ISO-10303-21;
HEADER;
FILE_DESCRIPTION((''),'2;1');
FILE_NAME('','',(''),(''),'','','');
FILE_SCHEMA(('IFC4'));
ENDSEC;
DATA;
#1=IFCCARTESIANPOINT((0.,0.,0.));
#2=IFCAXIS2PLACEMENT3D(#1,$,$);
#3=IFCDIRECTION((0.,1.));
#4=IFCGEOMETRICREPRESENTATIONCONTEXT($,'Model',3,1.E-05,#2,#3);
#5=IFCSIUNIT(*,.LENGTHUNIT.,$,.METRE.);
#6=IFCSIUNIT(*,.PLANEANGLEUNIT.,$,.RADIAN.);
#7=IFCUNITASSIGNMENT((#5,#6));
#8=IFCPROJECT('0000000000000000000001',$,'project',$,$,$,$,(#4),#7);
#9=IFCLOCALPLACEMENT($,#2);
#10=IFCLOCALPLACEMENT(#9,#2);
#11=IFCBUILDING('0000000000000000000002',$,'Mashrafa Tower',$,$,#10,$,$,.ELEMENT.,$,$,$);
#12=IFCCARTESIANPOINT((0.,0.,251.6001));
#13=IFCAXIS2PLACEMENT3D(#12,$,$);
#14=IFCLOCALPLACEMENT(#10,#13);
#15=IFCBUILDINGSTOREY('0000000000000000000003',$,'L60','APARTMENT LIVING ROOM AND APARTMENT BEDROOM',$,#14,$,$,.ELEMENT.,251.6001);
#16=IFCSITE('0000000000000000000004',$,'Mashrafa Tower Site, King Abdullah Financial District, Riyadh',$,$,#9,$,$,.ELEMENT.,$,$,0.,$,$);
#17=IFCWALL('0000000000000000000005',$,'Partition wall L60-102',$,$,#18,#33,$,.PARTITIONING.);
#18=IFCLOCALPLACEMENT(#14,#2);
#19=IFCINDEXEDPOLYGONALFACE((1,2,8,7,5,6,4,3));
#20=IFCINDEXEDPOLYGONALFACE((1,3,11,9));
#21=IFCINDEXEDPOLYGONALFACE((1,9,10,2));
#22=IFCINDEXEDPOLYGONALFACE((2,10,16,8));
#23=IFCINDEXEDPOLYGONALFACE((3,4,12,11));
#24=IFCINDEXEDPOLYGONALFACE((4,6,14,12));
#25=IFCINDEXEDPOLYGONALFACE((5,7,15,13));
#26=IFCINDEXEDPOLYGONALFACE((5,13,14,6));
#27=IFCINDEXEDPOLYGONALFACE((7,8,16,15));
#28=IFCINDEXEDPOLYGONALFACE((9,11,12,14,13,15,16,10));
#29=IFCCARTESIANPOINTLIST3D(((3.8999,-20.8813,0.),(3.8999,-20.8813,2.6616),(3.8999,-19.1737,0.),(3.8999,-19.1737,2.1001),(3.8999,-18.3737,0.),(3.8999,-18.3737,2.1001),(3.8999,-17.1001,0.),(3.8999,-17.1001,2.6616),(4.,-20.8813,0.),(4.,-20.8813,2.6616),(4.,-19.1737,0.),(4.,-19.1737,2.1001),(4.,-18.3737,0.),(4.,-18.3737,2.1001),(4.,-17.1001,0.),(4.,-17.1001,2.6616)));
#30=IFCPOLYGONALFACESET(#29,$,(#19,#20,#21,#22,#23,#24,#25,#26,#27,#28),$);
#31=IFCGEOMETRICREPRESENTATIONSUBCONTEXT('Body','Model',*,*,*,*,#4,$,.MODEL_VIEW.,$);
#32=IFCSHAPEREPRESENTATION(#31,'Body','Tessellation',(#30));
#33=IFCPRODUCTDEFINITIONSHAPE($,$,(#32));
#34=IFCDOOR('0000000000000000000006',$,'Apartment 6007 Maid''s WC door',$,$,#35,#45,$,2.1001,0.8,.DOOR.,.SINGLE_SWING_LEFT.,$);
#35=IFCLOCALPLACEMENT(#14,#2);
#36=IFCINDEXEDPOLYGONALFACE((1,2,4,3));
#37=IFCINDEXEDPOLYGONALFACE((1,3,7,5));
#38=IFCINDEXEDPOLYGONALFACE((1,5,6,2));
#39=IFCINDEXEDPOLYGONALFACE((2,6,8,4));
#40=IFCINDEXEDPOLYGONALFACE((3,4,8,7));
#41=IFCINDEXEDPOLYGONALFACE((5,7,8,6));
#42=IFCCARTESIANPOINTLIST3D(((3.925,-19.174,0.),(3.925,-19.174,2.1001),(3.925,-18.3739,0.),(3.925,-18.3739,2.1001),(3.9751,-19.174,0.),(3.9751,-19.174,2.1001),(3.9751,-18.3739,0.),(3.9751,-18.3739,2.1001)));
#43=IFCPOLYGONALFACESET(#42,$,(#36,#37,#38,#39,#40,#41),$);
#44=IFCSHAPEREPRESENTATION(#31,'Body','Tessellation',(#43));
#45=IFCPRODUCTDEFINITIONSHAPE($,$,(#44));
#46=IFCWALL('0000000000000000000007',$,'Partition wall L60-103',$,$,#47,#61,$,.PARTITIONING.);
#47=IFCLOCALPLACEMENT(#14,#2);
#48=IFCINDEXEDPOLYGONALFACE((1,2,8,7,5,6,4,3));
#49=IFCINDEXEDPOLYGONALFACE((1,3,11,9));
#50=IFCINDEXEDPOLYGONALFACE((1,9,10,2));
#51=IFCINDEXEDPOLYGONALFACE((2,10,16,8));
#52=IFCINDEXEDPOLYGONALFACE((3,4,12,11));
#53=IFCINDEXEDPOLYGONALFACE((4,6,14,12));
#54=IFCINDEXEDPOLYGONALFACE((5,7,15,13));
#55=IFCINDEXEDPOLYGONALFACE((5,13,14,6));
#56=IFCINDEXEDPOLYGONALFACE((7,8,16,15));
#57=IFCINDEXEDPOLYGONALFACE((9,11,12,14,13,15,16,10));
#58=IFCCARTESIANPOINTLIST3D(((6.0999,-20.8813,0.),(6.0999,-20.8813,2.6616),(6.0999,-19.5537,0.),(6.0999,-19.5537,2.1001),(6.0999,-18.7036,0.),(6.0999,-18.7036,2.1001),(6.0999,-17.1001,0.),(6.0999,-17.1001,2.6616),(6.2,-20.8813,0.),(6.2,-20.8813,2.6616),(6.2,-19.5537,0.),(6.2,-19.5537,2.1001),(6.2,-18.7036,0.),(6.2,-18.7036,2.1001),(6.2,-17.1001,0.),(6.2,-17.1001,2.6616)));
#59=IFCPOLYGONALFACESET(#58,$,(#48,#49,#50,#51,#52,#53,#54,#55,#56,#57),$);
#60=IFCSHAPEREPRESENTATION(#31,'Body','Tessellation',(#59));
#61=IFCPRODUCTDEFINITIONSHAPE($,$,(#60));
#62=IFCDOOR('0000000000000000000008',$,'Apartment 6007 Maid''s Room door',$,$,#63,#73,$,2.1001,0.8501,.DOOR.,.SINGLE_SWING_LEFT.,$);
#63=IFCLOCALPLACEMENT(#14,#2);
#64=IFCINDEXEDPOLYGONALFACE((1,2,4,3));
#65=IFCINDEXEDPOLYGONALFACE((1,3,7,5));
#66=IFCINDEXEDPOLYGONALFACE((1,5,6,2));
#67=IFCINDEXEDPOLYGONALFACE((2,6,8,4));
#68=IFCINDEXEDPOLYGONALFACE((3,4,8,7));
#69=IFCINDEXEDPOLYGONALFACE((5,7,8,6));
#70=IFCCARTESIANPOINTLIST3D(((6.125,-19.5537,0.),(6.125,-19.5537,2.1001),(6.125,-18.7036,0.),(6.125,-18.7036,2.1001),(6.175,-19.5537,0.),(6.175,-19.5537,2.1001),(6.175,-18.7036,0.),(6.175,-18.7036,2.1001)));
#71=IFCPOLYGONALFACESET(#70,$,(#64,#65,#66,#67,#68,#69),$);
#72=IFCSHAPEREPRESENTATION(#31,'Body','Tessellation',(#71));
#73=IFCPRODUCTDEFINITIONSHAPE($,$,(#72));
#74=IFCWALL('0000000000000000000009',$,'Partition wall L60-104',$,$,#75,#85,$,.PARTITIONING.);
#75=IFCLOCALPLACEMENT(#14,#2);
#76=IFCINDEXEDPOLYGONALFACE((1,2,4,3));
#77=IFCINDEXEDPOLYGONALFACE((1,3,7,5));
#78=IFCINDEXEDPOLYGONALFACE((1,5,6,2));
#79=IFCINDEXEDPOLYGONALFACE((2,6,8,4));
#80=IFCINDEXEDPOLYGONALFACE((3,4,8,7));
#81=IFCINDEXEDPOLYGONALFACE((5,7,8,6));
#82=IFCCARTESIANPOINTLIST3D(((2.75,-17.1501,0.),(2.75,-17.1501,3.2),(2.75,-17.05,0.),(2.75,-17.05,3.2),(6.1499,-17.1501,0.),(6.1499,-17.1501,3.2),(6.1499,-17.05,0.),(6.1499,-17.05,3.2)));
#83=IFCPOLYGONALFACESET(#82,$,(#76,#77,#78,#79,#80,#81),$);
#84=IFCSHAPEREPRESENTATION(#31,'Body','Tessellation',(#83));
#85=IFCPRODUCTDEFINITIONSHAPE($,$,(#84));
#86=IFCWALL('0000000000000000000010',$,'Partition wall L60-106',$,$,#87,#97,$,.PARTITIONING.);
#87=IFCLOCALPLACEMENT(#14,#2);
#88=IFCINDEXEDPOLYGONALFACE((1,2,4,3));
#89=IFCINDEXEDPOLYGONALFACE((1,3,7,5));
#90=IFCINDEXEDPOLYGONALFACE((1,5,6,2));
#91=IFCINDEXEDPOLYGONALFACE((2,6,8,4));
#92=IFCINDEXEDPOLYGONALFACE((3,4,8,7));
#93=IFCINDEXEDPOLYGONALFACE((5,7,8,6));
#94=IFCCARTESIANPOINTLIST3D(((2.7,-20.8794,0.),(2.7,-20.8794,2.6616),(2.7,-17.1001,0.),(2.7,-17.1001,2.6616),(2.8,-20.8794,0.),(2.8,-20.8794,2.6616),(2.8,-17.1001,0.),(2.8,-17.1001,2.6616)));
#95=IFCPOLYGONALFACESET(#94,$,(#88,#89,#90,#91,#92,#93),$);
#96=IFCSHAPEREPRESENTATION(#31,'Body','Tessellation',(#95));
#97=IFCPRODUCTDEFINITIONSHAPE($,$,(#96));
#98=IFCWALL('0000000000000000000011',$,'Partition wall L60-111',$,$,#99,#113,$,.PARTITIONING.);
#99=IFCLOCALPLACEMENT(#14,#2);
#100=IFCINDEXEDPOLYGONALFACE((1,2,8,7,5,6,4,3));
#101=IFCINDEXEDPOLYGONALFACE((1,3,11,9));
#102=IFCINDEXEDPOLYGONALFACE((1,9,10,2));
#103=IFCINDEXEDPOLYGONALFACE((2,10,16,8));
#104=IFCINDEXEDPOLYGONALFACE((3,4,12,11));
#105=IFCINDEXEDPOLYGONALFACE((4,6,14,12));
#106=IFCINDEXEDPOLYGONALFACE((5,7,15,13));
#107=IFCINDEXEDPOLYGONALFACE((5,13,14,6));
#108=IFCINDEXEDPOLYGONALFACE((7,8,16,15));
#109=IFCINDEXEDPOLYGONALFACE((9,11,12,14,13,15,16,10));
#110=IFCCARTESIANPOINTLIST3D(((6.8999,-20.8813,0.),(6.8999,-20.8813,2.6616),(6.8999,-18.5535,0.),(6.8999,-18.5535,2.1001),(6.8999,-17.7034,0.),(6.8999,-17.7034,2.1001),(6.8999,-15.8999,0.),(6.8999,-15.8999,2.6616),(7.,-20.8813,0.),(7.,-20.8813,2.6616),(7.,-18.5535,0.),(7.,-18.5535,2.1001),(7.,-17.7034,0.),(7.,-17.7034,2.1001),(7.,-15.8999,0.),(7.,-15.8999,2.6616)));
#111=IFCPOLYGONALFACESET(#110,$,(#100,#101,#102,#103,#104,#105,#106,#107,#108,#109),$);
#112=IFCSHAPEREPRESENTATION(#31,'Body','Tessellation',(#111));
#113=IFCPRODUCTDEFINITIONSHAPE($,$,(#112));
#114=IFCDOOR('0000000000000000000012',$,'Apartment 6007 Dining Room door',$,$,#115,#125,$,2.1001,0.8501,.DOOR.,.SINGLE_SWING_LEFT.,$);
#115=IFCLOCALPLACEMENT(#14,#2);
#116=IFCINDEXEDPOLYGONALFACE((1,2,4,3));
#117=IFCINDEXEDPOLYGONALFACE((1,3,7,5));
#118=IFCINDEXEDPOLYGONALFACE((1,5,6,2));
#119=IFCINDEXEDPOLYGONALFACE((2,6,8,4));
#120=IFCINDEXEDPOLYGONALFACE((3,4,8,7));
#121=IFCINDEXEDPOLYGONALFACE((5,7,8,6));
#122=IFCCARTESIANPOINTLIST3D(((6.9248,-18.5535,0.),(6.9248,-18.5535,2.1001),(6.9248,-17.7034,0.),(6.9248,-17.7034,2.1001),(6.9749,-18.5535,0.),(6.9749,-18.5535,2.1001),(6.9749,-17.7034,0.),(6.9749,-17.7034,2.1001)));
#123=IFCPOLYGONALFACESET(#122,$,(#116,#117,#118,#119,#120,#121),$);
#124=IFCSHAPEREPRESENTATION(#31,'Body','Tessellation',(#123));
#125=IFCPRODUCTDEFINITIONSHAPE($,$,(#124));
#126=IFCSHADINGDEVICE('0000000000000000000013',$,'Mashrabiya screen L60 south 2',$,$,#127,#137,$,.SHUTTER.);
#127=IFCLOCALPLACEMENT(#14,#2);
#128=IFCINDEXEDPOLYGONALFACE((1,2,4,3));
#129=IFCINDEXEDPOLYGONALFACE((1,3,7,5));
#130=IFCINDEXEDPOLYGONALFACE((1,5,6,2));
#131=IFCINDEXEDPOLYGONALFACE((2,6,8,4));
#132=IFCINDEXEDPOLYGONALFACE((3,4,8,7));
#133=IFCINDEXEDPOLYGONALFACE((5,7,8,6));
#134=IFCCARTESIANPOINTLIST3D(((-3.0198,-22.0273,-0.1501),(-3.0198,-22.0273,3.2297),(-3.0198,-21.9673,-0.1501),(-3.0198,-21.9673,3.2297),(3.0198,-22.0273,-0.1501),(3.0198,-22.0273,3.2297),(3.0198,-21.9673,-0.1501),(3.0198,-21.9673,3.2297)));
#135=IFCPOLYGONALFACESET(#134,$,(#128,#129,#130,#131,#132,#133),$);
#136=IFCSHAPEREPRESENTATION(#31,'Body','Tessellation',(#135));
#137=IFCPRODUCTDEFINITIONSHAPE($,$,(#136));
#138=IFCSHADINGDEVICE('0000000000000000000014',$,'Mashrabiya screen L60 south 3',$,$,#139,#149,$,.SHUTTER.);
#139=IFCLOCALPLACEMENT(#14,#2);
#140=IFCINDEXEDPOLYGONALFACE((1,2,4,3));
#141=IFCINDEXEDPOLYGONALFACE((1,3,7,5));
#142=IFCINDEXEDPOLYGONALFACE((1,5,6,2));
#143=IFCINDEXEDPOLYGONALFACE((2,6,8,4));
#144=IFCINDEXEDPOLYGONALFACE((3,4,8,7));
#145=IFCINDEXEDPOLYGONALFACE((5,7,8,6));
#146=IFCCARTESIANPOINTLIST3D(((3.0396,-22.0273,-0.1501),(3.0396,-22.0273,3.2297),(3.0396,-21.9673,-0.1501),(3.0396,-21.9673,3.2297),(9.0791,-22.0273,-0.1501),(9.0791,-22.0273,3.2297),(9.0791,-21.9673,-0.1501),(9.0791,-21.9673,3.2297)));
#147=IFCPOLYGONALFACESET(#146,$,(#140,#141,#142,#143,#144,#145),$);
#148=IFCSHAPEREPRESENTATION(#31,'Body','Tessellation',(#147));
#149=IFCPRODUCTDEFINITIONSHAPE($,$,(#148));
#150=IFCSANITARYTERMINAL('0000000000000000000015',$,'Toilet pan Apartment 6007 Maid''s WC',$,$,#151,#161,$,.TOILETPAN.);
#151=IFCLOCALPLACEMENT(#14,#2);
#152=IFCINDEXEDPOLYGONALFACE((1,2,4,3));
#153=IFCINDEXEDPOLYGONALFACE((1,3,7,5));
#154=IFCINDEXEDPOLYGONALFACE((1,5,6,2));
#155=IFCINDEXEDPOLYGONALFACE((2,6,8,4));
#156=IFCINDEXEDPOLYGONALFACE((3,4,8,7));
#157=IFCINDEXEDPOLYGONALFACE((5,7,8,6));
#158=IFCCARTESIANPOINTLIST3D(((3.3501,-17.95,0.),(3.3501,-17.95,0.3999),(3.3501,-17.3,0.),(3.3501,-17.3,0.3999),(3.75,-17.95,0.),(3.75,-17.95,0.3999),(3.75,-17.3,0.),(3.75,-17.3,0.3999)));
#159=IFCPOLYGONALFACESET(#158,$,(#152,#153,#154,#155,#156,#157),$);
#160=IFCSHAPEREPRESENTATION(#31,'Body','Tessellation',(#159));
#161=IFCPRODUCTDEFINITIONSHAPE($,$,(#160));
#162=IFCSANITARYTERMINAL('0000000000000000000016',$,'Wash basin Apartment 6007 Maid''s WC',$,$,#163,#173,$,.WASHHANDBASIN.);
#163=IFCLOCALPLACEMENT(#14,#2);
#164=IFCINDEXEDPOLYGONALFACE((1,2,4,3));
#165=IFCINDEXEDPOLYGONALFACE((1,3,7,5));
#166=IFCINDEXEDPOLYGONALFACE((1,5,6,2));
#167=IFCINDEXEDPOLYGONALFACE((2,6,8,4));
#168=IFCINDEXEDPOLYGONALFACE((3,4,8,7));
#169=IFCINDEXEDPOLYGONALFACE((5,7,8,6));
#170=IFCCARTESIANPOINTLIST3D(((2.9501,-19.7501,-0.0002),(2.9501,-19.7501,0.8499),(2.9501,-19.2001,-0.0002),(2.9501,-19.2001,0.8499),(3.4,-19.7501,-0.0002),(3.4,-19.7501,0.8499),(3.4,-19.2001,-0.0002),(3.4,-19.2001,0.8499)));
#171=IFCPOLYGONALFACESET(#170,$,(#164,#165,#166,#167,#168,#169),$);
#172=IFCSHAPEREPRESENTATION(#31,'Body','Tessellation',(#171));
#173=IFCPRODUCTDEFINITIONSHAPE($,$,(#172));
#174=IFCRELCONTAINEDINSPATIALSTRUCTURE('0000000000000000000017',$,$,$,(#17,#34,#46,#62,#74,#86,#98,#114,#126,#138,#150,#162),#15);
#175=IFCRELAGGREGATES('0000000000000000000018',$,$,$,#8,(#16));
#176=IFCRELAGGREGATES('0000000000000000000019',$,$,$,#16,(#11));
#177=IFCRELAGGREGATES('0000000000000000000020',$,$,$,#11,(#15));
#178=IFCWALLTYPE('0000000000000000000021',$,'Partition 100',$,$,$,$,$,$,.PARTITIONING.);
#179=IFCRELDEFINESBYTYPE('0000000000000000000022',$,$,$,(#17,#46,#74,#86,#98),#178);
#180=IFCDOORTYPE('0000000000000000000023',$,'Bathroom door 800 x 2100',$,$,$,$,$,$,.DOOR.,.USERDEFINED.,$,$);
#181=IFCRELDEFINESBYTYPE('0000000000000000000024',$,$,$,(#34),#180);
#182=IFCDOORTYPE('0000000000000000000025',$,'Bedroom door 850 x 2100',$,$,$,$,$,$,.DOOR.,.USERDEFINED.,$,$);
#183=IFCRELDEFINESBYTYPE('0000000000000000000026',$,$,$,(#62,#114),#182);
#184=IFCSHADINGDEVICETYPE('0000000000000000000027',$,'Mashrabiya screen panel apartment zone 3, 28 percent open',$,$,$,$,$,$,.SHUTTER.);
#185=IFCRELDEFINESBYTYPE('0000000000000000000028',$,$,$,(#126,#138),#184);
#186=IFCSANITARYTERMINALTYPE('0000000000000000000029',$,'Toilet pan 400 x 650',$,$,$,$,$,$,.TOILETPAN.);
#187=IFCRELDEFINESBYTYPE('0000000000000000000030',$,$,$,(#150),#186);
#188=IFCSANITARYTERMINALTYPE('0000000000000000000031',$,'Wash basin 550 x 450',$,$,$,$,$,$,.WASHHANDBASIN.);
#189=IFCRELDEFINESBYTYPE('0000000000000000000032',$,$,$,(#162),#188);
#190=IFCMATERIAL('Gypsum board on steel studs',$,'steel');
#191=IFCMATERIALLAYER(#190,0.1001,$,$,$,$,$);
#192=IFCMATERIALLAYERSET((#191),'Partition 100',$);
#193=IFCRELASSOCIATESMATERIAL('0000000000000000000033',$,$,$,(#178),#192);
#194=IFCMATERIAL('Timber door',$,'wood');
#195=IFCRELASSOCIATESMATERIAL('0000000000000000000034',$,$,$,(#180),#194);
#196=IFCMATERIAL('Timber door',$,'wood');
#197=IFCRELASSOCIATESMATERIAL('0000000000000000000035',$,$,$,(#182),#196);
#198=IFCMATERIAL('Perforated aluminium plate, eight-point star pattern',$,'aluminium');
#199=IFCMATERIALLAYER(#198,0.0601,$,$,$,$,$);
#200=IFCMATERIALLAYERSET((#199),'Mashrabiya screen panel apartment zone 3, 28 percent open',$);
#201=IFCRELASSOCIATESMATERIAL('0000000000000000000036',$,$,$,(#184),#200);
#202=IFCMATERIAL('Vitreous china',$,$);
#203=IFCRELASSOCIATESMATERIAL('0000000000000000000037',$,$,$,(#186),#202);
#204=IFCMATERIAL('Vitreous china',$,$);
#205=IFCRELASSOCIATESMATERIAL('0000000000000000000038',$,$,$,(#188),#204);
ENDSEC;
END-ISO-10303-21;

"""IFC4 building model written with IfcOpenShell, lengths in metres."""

from ifc_helpers import new_model, si_unit, direction, frame, frame_2d, origin, origin_2d, place, context, subcontext, project, spatial, rectangle, extrude, source, transform, mapped, material, layer, layer_set, type_object, type_shapes, element, fill, save


model = new_model("IFC4")

# Units and contexts
model_context = context("Model", 3, precision=1e-05, world=origin(), true_north=direction((0.0, 1.0)))
body_context = subcontext(model_context, "Body", "Model", "MODEL_VIEW")
ifc_project = project(units=[si_unit("LENGTHUNIT", "METRE"), si_unit("PLANEANGLEUNIT", "RADIAN")], contexts=[model_context])

# Site, building, storey
site_placement = place(None, origin())
site = spatial("IfcSite", under=ifc_project, at=site_placement, Name="Mashrafa Tower Site, King Abdullah Financial District, Riyadh", CompositionType="ELEMENT", RefElevation=0.0)
building_placement = place(site_placement, origin())
building = spatial("IfcBuilding", under=site, at=building_placement, Name="Mashrafa Tower", CompositionType="ELEMENT")
storey_placement = place(building_placement, frame((0.0, 0.0, 251.6001)))
storey = spatial("IfcBuildingStorey", under=building, at=storey_placement, Name="L60", Description="APARTMENT LIVING ROOM AND APARTMENT BEDROOM", CompositionType="ELEMENT", Elevation=251.6001)

# Shared definitions
ifc_material_1 = material(Name="Gypsum board on steel studs", Category="steel")
ifc_layer_1 = layer(ifc_material_1, 0.1001)
ifc_layer_set_1 = layer_set([ifc_layer_1], Name="Partition 100")
wall_type = type_object("IfcWallType", Name="Partition 100", PredefinedType="PARTITIONING", material=ifc_layer_set_1)

# Walls, openings, doors
wall_1_placement = place(storey_placement, frame((3.95, -17.1001, 0.0), z_axis=(0.0, 0.0, 1.0), x_axis=(0.0, -1.0, 0.0)))
wall_1 = element("IfcWall", 1, at=wall_1_placement, inside=storey, type_object=wall_type, Name="Partition wall L60-102", PredefinedType="PARTITIONING", context=body_context, shape_type="SweptSolid", body=[
    extrude(rectangle(XDim=3.7812, YDim=0.1001, at=frame_2d((1.8906, 0.0))), origin(), (0.0, 0.0, 1.0), 2.6616),
])
opening_1_placement = place(wall_1_placement, frame((1.2737, 0.0, 0.0)))
opening_1 = element("IfcOpeningElement", 2, at=opening_1_placement, cuts=wall_1, PredefinedType="OPENING", context=body_context, shape_type="SweptSolid", body=[
    extrude(rectangle(XDim=0.8, YDim=2.1001, at=frame_2d((0.3999, 1.05))), frame((0.0, 0.0601, 0.0), z_axis=(0.0, -1.0, 0.0), x_axis=(1.0, 0.0, 0.0)), (0.0, 0.0, 1.0), 0.1201),
])
ifc_material_2 = material(Name="Timber door", Category="wood")
door_type_1 = type_object("IfcDoorType", Name="Bathroom door 800 x 2100", OperationType="USERDEFINED", PredefinedType="DOOR", material=ifc_material_2)
door_1_placement = place(opening_1_placement, frame((0.8, 0.0, 0.0), z_axis=(0.0, 0.0, 1.0), x_axis=(-1.0, 0.0, 0.0)))
door_1 = element("IfcDoor", 3, at=door_1_placement, inside=storey, type_object=door_type_1, Name="Apartment 6007 Maid's WC door", OperationType="SINGLE_SWING_LEFT", OverallHeight=2.1001, OverallWidth=0.8, PredefinedType="DOOR", context=body_context, shape_type="SweptSolid", body=[
    extrude(rectangle(XDim=0.8, YDim=2.1001, at=frame_2d((0.3999, 1.05))), frame((0.0, 0.0249, 0.0), z_axis=(0.0, -1.0, 0.0), x_axis=(1.0, 0.0, 0.0)), (0.0, 0.0, 1.0), 0.05),
])
fill(opening_1, door_1)
wall_2_placement = place(storey_placement, frame((6.1499, -20.8813, 0.0), z_axis=(0.0, 0.0, 1.0), x_axis=(0.0, 1.0, 0.0)))
wall_2 = element("IfcWall", 4, at=wall_2_placement, inside=storey, type_object=wall_type, Name="Partition wall L60-103", PredefinedType="PARTITIONING", context=body_context, shape_type="SweptSolid", body=[
    extrude(rectangle(XDim=3.7812, YDim=0.1001, at=frame_2d((1.8906, 0.0))), origin(), (0.0, 0.0, 1.0), 2.6616),
])
opening_2_placement = place(wall_2_placement, frame((1.3276, 0.0, 0.0)))
opening_2 = element("IfcOpeningElement", 5, at=opening_2_placement, cuts=wall_2, PredefinedType="OPENING", context=body_context, shape_type="SweptSolid", body=[
    extrude(rectangle(XDim=0.8501, YDim=2.1001, at=frame_2d((0.425, 1.05))), frame((0.0, 0.0601, 0.0), z_axis=(0.0, -1.0, 0.0), x_axis=(1.0, 0.0, 0.0)), (0.0, 0.0, 1.0), 0.1201),
])
ifc_material_3 = material(Name="Timber door", Category="wood")
door_type_2 = type_object("IfcDoorType", Name="Bedroom door 850 x 2100", OperationType="USERDEFINED", PredefinedType="DOOR", material=ifc_material_3)
door_2_placement = place(opening_2_placement, origin())
door_2 = element("IfcDoor", 6, at=door_2_placement, inside=storey, type_object=door_type_2, Name="Apartment 6007 Maid's Room door", OperationType="SINGLE_SWING_LEFT", OverallHeight=2.1001, OverallWidth=0.8501, PredefinedType="DOOR", context=body_context, shape_type="SweptSolid", body=[
    extrude(rectangle(XDim=0.8501, YDim=2.1001, at=frame_2d((0.425, 1.05))), frame((0.0, 0.0249, 0.0), z_axis=(0.0, -1.0, 0.0), x_axis=(1.0, 0.0, 0.0)), (0.0, 0.0, 1.0), 0.05),
])
fill(opening_2, door_2)

# Walls
wall_3_placement = place(storey_placement, frame((6.1499, -17.1001, 0.0), z_axis=(0.0, 0.0, 1.0), x_axis=(-1.0, 0.0, 0.0)))
element("IfcWall", 7, at=wall_3_placement, inside=storey, type_object=wall_type, Name="Partition wall L60-104", PredefinedType="PARTITIONING", context=body_context, shape_type="SweptSolid", body=[
    extrude(rectangle(XDim=3.3999, YDim=0.1001, at=frame_2d((1.7, 0.0))), origin(), (0.0, 0.0, 1.0), 3.2),
])
wall_4_placement = place(storey_placement, frame((2.75, -17.1001, 0.0), z_axis=(0.0, 0.0, 1.0), x_axis=(0.0, -1.0, 0.0)))
element("IfcWall", 8, at=wall_4_placement, inside=storey, type_object=wall_type, Name="Partition wall L60-106", PredefinedType="PARTITIONING", context=body_context, shape_type="SweptSolid", body=[
    extrude(rectangle(XDim=3.7793, YDim=0.1001, at=frame_2d((1.8896, 0.0))), origin(), (0.0, 0.0, 1.0), 2.6616),
])

# Wall, opening, door
wall_5_placement = place(storey_placement, frame((6.95, -20.8813, 0.0), z_axis=(0.0, 0.0, 1.0), x_axis=(0.0, 1.0, 0.0)))
wall_5 = element("IfcWall", 9, at=wall_5_placement, inside=storey, type_object=wall_type, Name="Partition wall L60-111", PredefinedType="PARTITIONING", context=body_context, shape_type="SweptSolid", body=[
    extrude(rectangle(XDim=4.9814, YDim=0.1001, at=frame_2d((2.4907, 0.0))), origin(), (0.0, 0.0, 1.0), 2.6616),
])
opening_3_placement = place(wall_5_placement, frame((2.3279, 0.0, 0.0)))
opening_3 = element("IfcOpeningElement", 10, at=opening_3_placement, cuts=wall_5, PredefinedType="OPENING", context=body_context, shape_type="SweptSolid", body=[
    extrude(rectangle(XDim=0.8501, YDim=2.1001, at=frame_2d((0.425, 1.05))), frame((0.0, 0.0601, 0.0), z_axis=(0.0, -1.0, 0.0), x_axis=(1.0, 0.0, 0.0)), (0.0, 0.0, 1.0), 0.1201),
])
door_3_placement = place(opening_3_placement, frame((0.8501, 0.0, 0.0), z_axis=(0.0, 0.0, 1.0), x_axis=(-1.0, 0.0, 0.0)))
door_3 = element("IfcDoor", 11, at=door_3_placement, inside=storey, type_object=door_type_2, Name="Apartment 6007 Dining Room door", OperationType="SINGLE_SWING_LEFT", OverallHeight=2.1001, OverallWidth=0.8501, PredefinedType="DOOR", context=body_context, shape_type="SweptSolid", body=[
    extrude(rectangle(XDim=0.8501, YDim=2.1001, at=frame_2d((0.425, 1.05))), frame((0.0, 0.0249, 0.0), z_axis=(0.0, -1.0, 0.0), x_axis=(1.0, 0.0, 0.0)), (0.0, 0.0, 1.0), 0.05),
])
fill(opening_3, door_3)

# Shading devices
ifc_material_4 = material(Name="Perforated aluminium plate, eight-point star pattern", Category="aluminium")
ifc_layer_2 = layer(ifc_material_4, 0.0601)
ifc_layer_set_2 = layer_set([ifc_layer_2], Name="Mashrabiya screen panel apartment zone 3, 28 percent open")
shading_device_type = type_object("IfcShadingDeviceType", Name="Mashrabiya screen panel apartment zone 3, 28 percent open", PredefinedType="SHUTTER", material=ifc_layer_set_2)
shared_shape_1 = source(origin(), body_context, "Body", "SweptSolid", [
    extrude(rectangle(XDim=6.0396, YDim=0.0601, at=origin_2d()), origin(), (0.0, 0.0, 1.0), 3.3799),
])
type_shapes(shading_device_type, [shared_shape_1])
for number, where, z_axis, x_axis, name in (
    (12, (0.0, -21.9973, -0.1501), (0.0, 0.0, 1.0), (1.0, 0.0, 0.0), "Mashrabiya screen L60 south 2"),
    (13, (6.0593, -21.9973, -0.1501), (0.0, 0.0, 1.0), (1.0, 0.0, 0.0), "Mashrabiya screen L60 south 3"),
):
    element("IfcShadingDevice", number, at=place(storey_placement, frame(where, z_axis=z_axis, x_axis=x_axis)), inside=storey, type_object=shading_device_type, Name=name, PredefinedType="SHUTTER", context=body_context, shape_type="MappedRepresentation", body=[
        mapped(shared_shape_1, transform((0.0, 0.0, 0.0))),
    ])

# Sanitary terminals
ifc_material_5 = material(Name="Vitreous china")
sanitary_terminal_type_1 = type_object("IfcSanitaryTerminalType", Name="Toilet pan 400 x 650", PredefinedType="TOILETPAN", material=ifc_material_5)
sanitary_terminal_1_placement = place(storey_placement, frame((3.55, -17.625, 0.0), z_axis=(0.0, 0.0, 1.0), x_axis=(-1.0, 0.0, 0.0)))
element("IfcSanitaryTerminal", 14, at=sanitary_terminal_1_placement, inside=storey, type_object=sanitary_terminal_type_1, Name="Toilet pan Apartment 6007 Maid's WC", PredefinedType="TOILETPAN", context=body_context, shape_type="SweptSolid", body=[
    extrude(rectangle(XDim=0.3999, YDim=0.6499, at=origin_2d()), origin(), (0.0, 0.0, 1.0), 0.3999),
])
ifc_material_6 = material(Name="Vitreous china")
sanitary_terminal_type_2 = type_object("IfcSanitaryTerminalType", Name="Wash basin 550 x 450", PredefinedType="WASHHANDBASIN", material=ifc_material_6)
sanitary_terminal_2_placement = place(storey_placement, frame((3.175, -19.4751, -0.0002), z_axis=(0.0, 0.0, 1.0), x_axis=(0.0, -1.0, 0.0)))
element("IfcSanitaryTerminal", 15, at=sanitary_terminal_2_placement, inside=storey, type_object=sanitary_terminal_type_2, Name="Wash basin Apartment 6007 Maid's WC", PredefinedType="WASHHANDBASIN", context=body_context, shape_type="SweptSolid", body=[
    extrude(rectangle(XDim=0.55, YDim=0.45, at=origin_2d()), origin(), (0.0, 0.0, 1.0), 0.8501),
])

save(model, "model.ifc")
